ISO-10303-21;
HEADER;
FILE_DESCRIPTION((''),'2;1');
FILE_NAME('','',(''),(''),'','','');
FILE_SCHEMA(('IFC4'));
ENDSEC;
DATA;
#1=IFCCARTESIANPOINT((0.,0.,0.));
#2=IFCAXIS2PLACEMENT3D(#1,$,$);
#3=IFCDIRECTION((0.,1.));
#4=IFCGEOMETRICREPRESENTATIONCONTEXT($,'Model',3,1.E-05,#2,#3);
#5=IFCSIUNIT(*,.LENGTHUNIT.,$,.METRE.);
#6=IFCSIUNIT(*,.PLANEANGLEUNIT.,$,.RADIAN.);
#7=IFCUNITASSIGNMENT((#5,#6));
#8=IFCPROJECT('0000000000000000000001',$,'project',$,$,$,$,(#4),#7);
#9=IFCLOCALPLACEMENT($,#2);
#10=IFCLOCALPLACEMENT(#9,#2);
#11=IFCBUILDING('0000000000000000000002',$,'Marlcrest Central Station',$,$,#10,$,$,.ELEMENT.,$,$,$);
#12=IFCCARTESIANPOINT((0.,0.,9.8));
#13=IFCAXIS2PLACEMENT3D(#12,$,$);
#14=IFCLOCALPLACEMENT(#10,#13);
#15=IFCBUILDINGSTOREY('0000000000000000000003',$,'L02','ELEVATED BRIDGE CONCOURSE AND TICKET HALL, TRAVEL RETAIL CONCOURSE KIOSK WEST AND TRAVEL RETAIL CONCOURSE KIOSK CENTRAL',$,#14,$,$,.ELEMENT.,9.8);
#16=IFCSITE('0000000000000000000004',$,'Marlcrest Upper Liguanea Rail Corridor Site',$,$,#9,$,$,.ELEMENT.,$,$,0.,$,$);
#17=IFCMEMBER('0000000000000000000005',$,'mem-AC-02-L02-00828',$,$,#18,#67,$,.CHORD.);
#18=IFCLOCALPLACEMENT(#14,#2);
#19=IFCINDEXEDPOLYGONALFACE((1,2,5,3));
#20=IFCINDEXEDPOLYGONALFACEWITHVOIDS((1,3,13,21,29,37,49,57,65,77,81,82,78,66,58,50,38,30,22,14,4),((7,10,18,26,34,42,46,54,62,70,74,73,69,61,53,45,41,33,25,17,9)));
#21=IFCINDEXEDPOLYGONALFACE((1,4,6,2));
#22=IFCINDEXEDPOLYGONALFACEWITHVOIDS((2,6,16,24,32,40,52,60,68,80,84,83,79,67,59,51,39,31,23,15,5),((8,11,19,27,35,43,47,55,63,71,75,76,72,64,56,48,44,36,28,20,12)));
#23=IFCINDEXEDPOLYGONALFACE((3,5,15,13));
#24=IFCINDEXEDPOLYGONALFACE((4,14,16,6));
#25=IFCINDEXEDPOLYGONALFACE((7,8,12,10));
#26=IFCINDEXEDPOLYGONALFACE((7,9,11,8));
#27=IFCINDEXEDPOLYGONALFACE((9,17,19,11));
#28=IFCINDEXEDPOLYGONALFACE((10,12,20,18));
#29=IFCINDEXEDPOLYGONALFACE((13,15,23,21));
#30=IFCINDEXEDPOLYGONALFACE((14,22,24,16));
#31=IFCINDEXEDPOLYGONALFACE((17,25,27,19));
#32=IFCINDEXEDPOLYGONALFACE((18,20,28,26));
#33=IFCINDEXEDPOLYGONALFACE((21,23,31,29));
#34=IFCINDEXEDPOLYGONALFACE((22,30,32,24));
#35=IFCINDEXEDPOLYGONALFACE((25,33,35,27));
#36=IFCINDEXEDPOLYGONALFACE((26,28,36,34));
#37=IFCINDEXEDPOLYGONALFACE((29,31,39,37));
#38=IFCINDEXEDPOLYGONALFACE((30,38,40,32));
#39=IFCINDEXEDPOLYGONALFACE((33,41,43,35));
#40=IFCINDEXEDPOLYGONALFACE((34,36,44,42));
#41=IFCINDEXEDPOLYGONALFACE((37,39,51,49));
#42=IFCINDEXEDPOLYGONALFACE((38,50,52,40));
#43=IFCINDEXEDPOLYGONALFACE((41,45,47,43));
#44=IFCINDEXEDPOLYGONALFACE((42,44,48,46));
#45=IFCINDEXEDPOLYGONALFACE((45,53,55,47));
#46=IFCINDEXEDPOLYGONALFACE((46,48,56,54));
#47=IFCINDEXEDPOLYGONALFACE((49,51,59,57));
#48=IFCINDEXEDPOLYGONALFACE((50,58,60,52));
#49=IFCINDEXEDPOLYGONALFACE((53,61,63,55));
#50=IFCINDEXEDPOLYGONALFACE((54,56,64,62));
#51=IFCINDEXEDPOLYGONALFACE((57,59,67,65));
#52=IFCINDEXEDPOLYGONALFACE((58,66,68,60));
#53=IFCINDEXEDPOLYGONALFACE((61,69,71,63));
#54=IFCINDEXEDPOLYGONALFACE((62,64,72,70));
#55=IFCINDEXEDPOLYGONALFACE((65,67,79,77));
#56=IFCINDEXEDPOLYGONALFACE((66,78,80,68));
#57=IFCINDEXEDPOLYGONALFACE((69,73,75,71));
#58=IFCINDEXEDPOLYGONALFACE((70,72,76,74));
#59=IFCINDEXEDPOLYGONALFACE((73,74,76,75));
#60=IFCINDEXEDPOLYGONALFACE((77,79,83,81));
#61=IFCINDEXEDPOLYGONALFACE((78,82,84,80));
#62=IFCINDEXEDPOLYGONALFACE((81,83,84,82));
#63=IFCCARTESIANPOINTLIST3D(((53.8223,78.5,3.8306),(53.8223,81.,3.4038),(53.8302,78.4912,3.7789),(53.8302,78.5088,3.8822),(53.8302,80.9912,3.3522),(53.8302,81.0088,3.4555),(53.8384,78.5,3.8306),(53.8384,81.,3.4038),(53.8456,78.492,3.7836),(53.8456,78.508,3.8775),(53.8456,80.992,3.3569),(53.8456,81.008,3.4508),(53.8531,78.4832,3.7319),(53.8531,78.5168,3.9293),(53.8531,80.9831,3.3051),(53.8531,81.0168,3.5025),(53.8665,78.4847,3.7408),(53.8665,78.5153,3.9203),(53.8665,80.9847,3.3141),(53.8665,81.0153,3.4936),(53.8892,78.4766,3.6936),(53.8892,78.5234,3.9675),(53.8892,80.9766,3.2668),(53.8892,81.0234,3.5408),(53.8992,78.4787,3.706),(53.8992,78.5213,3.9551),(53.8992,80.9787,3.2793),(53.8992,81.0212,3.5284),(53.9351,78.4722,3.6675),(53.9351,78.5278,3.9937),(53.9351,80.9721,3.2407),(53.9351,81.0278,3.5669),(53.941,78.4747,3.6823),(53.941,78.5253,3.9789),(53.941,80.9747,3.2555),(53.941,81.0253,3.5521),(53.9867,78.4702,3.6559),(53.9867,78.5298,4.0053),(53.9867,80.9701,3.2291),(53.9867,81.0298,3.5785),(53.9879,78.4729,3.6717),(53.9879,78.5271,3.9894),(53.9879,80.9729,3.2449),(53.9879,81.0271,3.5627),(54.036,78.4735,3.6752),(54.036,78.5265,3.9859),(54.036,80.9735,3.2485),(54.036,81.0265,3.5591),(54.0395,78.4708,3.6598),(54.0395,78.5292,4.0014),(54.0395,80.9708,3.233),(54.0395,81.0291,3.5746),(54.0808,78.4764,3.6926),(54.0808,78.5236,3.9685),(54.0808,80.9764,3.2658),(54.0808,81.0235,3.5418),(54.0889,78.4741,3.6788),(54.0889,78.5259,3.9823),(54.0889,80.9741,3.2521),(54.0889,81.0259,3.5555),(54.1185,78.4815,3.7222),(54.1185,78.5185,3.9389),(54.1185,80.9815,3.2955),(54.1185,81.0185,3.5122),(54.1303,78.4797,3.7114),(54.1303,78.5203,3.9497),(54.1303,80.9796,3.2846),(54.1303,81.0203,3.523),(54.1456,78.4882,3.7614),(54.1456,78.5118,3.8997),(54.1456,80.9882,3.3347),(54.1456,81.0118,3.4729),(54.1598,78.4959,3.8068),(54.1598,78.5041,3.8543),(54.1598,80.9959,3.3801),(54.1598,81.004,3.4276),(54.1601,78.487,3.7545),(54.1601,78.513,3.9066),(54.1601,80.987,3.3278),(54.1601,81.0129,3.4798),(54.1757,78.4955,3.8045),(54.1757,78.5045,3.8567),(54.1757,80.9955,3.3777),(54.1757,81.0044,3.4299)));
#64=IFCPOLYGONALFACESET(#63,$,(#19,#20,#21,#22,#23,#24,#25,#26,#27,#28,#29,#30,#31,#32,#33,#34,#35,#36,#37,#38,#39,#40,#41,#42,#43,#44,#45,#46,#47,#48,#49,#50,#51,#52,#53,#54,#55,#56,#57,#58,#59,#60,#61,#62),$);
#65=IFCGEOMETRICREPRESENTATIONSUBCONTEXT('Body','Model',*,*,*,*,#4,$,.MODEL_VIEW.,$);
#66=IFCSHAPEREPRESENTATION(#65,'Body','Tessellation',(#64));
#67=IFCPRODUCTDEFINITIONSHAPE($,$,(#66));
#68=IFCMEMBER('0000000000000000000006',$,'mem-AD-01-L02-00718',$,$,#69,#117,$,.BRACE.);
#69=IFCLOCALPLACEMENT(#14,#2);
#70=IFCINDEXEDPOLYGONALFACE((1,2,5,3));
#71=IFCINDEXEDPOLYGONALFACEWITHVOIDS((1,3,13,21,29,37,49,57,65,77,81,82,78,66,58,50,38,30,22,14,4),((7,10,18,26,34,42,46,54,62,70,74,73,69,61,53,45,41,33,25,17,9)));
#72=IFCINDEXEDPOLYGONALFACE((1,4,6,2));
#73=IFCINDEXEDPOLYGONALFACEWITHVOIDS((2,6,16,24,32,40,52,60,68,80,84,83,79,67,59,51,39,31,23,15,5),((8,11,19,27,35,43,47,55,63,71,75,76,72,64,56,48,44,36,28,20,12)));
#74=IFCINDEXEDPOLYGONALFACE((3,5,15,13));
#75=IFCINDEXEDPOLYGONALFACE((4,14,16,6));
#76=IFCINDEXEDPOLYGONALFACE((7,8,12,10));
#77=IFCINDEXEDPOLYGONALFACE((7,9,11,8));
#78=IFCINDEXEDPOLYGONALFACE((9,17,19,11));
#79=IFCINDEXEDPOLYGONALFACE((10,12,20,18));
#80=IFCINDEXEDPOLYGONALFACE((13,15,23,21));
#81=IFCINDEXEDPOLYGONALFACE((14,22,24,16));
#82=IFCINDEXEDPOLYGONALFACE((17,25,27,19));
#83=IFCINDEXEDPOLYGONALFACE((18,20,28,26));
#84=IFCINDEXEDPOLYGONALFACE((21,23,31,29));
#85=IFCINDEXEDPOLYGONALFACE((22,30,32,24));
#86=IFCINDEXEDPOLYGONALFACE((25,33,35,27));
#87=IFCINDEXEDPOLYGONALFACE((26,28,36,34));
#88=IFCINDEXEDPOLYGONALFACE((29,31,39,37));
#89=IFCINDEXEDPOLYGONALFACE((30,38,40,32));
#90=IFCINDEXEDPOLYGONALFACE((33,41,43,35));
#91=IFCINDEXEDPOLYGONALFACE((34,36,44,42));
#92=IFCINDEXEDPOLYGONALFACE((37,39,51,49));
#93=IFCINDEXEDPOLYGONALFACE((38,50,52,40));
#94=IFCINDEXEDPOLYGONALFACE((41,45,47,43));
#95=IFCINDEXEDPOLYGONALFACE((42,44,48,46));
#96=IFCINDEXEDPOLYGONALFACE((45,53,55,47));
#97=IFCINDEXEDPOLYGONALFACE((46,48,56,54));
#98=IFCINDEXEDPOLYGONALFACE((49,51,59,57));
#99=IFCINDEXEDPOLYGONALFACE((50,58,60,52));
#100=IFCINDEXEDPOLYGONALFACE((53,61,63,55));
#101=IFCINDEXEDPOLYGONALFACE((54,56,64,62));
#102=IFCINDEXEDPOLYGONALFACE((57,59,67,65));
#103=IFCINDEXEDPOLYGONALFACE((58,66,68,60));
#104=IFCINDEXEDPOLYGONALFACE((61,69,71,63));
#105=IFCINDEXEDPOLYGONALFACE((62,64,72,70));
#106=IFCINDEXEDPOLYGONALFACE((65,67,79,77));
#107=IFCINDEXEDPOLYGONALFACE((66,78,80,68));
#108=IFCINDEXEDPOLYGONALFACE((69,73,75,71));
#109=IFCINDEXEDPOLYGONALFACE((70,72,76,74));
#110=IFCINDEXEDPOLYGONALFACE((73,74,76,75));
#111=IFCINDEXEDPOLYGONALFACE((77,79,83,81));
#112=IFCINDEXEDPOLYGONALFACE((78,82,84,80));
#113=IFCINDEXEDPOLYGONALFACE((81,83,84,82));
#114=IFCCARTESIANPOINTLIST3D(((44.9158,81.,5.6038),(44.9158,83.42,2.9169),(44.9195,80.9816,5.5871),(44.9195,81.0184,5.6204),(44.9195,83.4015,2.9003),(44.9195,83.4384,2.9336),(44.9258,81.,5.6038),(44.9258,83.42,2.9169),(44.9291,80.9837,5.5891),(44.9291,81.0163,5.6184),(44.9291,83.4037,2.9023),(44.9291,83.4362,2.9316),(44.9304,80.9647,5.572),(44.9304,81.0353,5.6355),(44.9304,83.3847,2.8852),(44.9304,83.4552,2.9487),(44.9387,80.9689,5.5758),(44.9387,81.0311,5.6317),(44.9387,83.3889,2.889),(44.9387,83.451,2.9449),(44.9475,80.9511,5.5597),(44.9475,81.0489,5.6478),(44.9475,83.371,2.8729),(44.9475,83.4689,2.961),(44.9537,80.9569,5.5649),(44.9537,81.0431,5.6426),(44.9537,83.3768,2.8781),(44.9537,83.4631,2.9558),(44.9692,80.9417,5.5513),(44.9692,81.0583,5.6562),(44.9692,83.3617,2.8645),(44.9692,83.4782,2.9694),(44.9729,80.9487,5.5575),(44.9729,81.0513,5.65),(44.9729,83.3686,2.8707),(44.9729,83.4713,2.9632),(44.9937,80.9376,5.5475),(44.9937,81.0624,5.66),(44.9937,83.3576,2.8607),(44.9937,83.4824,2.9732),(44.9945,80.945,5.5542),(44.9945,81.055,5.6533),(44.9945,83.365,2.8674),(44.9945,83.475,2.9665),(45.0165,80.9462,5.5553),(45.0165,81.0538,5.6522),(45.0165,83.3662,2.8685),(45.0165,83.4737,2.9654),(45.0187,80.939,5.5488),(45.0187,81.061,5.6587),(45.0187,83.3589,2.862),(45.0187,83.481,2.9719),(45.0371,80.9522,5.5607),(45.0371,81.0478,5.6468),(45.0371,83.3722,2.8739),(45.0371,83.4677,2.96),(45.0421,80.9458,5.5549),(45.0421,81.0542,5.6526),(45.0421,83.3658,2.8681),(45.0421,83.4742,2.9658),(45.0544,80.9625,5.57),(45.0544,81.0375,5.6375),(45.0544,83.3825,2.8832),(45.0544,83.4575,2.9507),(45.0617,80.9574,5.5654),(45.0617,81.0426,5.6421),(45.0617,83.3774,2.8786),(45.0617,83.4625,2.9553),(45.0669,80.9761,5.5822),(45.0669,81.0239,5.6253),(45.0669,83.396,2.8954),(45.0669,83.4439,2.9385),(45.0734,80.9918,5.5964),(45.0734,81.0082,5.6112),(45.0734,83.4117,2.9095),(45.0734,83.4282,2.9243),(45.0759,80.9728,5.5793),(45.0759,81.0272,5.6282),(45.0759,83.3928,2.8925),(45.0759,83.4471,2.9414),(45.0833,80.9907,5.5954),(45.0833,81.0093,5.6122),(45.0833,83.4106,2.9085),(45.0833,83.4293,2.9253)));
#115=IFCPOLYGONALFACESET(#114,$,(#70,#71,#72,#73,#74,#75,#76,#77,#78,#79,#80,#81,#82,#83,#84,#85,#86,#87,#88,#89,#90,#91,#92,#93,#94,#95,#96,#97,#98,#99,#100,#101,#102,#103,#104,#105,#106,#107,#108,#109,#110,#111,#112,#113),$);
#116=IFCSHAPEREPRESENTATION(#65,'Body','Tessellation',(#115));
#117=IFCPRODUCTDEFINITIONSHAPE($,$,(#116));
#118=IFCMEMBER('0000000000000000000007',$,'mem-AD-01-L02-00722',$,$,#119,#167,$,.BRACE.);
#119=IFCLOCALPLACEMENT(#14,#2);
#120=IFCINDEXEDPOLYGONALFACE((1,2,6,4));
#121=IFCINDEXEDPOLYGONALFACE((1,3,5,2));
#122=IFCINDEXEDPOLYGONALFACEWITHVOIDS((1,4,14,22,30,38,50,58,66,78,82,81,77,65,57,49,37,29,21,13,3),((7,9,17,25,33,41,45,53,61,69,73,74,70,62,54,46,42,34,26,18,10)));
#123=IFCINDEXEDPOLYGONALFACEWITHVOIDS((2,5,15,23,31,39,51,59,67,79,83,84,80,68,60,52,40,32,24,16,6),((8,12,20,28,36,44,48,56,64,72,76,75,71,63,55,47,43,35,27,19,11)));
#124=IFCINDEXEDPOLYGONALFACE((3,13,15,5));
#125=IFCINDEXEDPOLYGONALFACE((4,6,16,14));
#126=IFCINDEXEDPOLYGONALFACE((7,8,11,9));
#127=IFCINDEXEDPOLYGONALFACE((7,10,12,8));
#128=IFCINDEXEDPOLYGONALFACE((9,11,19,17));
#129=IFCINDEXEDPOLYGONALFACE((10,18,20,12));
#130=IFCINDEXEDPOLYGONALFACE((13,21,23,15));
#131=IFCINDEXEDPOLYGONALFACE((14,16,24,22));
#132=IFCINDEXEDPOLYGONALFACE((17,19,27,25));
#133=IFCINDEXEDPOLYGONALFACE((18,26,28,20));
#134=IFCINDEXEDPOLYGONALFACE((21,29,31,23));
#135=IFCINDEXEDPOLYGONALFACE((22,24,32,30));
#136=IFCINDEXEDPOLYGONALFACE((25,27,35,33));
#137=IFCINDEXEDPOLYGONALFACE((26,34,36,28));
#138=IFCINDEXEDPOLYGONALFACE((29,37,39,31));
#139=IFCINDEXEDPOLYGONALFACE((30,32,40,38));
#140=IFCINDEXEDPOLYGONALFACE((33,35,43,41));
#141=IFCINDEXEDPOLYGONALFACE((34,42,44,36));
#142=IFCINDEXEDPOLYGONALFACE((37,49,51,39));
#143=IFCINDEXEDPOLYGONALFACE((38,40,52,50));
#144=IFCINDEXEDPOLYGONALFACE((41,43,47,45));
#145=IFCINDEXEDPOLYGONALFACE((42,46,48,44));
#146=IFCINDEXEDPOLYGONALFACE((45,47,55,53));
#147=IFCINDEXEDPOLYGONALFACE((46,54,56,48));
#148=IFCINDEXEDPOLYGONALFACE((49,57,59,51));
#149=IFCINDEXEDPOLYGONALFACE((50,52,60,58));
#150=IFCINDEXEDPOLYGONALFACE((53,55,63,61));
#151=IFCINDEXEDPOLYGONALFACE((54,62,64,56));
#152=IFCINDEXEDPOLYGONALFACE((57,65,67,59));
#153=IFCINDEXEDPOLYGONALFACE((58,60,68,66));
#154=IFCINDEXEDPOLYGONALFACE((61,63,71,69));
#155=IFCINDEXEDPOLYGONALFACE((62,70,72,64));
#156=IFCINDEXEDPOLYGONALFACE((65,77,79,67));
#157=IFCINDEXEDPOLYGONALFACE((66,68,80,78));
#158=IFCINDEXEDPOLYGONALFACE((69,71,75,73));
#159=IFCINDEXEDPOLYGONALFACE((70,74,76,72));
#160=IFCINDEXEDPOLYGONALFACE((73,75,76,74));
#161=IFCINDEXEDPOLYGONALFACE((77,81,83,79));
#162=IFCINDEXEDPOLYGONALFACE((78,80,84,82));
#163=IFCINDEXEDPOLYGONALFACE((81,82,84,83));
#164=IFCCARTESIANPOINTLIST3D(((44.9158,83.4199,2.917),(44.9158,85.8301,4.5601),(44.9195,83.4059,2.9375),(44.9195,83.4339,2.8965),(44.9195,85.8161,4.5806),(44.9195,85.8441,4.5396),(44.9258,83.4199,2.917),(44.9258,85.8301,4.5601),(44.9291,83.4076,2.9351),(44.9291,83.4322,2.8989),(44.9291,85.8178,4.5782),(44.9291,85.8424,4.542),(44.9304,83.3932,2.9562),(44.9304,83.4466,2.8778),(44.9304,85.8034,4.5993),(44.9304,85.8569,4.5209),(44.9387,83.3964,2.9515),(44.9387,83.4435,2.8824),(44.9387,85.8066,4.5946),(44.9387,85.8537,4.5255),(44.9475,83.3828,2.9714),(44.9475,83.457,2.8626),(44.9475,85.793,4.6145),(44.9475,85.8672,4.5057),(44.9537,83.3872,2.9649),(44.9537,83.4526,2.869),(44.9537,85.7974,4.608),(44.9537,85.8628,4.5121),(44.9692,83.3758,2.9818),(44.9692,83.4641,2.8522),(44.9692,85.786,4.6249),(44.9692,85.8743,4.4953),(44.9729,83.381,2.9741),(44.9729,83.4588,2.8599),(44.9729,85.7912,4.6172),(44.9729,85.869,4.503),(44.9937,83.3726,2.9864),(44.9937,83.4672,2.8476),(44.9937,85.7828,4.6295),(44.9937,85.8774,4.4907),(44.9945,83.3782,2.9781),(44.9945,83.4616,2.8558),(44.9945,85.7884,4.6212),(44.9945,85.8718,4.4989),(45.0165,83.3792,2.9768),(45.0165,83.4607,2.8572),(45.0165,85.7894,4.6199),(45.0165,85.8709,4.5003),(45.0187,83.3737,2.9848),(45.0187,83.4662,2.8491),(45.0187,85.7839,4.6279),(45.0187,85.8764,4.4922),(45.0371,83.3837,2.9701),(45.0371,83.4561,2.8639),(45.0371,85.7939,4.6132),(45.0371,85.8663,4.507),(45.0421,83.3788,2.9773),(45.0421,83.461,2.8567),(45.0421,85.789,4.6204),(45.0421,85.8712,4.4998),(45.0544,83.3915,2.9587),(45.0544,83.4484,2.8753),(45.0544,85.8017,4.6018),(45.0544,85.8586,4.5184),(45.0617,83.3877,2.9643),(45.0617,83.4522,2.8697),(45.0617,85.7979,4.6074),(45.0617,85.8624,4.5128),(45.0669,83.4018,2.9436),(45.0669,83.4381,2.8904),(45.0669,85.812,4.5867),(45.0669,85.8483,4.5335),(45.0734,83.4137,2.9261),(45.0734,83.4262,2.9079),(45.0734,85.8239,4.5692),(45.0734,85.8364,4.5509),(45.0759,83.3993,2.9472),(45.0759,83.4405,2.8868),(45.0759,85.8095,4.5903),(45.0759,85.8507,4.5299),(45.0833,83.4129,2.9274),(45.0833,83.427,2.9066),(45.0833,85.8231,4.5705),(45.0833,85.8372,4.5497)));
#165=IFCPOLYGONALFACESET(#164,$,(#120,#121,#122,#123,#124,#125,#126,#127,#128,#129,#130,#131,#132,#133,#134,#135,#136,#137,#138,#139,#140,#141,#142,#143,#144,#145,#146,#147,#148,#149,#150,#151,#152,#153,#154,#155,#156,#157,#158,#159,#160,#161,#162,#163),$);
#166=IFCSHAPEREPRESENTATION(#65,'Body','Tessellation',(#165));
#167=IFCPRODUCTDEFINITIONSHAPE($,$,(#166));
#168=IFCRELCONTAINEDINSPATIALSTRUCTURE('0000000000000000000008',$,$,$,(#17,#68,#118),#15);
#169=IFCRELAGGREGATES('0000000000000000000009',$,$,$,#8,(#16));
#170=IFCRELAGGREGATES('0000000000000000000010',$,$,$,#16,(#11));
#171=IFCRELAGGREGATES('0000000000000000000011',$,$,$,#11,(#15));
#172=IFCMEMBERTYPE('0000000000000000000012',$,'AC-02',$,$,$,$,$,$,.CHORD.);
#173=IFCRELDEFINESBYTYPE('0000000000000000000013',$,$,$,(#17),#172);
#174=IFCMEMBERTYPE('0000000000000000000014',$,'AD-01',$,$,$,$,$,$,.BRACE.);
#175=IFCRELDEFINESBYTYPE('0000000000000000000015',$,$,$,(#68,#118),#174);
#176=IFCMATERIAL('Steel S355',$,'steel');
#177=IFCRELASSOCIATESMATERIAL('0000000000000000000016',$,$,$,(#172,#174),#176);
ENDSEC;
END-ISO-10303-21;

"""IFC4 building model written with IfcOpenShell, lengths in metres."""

from ifc_helpers import new_model, si_unit, direction, frame, origin, origin_2d, place, context, subcontext, project, spatial, hollow_circle, extrude, material, material_profile, profile_set, type_object, element, save


model = new_model("IFC4")

# Units and contexts
model_context = context("Model", 3, precision=1e-05, world=origin(), true_north=direction((0.0, 1.0)))
body_context = subcontext(model_context, "Body", "Model", "MODEL_VIEW")
ifc_project = project(units=[si_unit("LENGTHUNIT", "METRE"), si_unit("PLANEANGLEUNIT", "RADIAN")], contexts=[model_context])

# Site, building, storey
site_placement = place(None, origin())
site = spatial("IfcSite", under=ifc_project, at=site_placement, Name="Marlcrest Upper Liguanea Rail Corridor Site", CompositionType="ELEMENT", RefElevation=0.0)
building_placement = place(site_placement, origin())
building = spatial("IfcBuilding", under=site, at=building_placement, Name="Marlcrest Central Station", CompositionType="ELEMENT")
storey_placement = place(building_placement, frame((0.0, 0.0, 9.8)))
storey = spatial("IfcBuildingStorey", under=building, at=storey_placement, Name="L02", Description="ELEVATED BRIDGE CONCOURSE AND TICKET HALL, TRAVEL RETAIL CONCOURSE KIOSK WEST AND TRAVEL RETAIL CONCOURSE KIOSK CENTRAL", CompositionType="ELEMENT", Elevation=9.8)

# Members
ifc_material_1 = material(Name="Steel S355", Category="steel")
ifc_material_profile_1 = material_profile(ifc_material_1, hollow_circle(Radius=0.1777, WallThickness=0.0161, at=origin_2d()), Name="CHS 355.6x16")
ifc_profile_set_1 = profile_set([ifc_material_profile_1], Name="Steel S355")
member_type_1 = type_object("IfcMemberType", Name="AC-02", PredefinedType="CHORD", material=ifc_profile_set_1)
member_1_placement = place(storey_placement, frame((54.0, 78.5, 3.8306), z_axis=(0.0, 0.985741, -0.168269), x_axis=(-1.0, 0.0, 0.0)))
element("IfcMember", 1, at=member_1_placement, inside=storey, type_object=member_type_1, Name="mem-AC-02-L02-00828", PredefinedType="CHORD", context=body_context, shape_type="SweptSolid", body=[
    extrude(hollow_circle(Radius=0.1777, WallThickness=0.0161, at=origin_2d()), origin(), (0.0, 0.0, 1.0), 2.5361),
])
ifc_material_profile_2 = material_profile(ifc_material_1, hollow_circle(Radius=0.0842, WallThickness=0.01, at=origin_2d()), Name="CHS 168.3x10")
ifc_profile_set_2 = profile_set([ifc_material_profile_2], Name="Steel S355")
member_type_2 = type_object("IfcMemberType", Name="AD-01", PredefinedType="BRACE", material=ifc_profile_set_2)
member_2_placement = place(storey_placement, frame((45.0, 81.0, 5.6038), z_axis=(0.0, 0.669244, -0.743042), x_axis=(-1.0, 0.0, 0.0)))
element("IfcMember", 2, at=member_2_placement, inside=storey, type_object=member_type_2, Name="mem-AD-01-L02-00718", PredefinedType="BRACE", context=body_context, shape_type="SweptSolid", body=[
    extrude(hollow_circle(Radius=0.0842, WallThickness=0.01, at=origin_2d()), origin(), (0.0, 0.0, 1.0), 3.616),
])
member_3_placement = place(storey_placement, frame((45.0, 83.4199, 2.917), z_axis=(0.0, 0.826263, 0.563285), x_axis=(-1.0, 0.0, 0.0)))
element("IfcMember", 3, at=member_3_placement, inside=storey, type_object=member_type_2, Name="mem-AD-01-L02-00722", PredefinedType="BRACE", context=body_context, shape_type="SweptSolid", body=[
    extrude(hollow_circle(Radius=0.0842, WallThickness=0.01, at=origin_2d()), origin(), (0.0, 0.0, 1.0), 2.917),
])

save(model, "model.ifc")
